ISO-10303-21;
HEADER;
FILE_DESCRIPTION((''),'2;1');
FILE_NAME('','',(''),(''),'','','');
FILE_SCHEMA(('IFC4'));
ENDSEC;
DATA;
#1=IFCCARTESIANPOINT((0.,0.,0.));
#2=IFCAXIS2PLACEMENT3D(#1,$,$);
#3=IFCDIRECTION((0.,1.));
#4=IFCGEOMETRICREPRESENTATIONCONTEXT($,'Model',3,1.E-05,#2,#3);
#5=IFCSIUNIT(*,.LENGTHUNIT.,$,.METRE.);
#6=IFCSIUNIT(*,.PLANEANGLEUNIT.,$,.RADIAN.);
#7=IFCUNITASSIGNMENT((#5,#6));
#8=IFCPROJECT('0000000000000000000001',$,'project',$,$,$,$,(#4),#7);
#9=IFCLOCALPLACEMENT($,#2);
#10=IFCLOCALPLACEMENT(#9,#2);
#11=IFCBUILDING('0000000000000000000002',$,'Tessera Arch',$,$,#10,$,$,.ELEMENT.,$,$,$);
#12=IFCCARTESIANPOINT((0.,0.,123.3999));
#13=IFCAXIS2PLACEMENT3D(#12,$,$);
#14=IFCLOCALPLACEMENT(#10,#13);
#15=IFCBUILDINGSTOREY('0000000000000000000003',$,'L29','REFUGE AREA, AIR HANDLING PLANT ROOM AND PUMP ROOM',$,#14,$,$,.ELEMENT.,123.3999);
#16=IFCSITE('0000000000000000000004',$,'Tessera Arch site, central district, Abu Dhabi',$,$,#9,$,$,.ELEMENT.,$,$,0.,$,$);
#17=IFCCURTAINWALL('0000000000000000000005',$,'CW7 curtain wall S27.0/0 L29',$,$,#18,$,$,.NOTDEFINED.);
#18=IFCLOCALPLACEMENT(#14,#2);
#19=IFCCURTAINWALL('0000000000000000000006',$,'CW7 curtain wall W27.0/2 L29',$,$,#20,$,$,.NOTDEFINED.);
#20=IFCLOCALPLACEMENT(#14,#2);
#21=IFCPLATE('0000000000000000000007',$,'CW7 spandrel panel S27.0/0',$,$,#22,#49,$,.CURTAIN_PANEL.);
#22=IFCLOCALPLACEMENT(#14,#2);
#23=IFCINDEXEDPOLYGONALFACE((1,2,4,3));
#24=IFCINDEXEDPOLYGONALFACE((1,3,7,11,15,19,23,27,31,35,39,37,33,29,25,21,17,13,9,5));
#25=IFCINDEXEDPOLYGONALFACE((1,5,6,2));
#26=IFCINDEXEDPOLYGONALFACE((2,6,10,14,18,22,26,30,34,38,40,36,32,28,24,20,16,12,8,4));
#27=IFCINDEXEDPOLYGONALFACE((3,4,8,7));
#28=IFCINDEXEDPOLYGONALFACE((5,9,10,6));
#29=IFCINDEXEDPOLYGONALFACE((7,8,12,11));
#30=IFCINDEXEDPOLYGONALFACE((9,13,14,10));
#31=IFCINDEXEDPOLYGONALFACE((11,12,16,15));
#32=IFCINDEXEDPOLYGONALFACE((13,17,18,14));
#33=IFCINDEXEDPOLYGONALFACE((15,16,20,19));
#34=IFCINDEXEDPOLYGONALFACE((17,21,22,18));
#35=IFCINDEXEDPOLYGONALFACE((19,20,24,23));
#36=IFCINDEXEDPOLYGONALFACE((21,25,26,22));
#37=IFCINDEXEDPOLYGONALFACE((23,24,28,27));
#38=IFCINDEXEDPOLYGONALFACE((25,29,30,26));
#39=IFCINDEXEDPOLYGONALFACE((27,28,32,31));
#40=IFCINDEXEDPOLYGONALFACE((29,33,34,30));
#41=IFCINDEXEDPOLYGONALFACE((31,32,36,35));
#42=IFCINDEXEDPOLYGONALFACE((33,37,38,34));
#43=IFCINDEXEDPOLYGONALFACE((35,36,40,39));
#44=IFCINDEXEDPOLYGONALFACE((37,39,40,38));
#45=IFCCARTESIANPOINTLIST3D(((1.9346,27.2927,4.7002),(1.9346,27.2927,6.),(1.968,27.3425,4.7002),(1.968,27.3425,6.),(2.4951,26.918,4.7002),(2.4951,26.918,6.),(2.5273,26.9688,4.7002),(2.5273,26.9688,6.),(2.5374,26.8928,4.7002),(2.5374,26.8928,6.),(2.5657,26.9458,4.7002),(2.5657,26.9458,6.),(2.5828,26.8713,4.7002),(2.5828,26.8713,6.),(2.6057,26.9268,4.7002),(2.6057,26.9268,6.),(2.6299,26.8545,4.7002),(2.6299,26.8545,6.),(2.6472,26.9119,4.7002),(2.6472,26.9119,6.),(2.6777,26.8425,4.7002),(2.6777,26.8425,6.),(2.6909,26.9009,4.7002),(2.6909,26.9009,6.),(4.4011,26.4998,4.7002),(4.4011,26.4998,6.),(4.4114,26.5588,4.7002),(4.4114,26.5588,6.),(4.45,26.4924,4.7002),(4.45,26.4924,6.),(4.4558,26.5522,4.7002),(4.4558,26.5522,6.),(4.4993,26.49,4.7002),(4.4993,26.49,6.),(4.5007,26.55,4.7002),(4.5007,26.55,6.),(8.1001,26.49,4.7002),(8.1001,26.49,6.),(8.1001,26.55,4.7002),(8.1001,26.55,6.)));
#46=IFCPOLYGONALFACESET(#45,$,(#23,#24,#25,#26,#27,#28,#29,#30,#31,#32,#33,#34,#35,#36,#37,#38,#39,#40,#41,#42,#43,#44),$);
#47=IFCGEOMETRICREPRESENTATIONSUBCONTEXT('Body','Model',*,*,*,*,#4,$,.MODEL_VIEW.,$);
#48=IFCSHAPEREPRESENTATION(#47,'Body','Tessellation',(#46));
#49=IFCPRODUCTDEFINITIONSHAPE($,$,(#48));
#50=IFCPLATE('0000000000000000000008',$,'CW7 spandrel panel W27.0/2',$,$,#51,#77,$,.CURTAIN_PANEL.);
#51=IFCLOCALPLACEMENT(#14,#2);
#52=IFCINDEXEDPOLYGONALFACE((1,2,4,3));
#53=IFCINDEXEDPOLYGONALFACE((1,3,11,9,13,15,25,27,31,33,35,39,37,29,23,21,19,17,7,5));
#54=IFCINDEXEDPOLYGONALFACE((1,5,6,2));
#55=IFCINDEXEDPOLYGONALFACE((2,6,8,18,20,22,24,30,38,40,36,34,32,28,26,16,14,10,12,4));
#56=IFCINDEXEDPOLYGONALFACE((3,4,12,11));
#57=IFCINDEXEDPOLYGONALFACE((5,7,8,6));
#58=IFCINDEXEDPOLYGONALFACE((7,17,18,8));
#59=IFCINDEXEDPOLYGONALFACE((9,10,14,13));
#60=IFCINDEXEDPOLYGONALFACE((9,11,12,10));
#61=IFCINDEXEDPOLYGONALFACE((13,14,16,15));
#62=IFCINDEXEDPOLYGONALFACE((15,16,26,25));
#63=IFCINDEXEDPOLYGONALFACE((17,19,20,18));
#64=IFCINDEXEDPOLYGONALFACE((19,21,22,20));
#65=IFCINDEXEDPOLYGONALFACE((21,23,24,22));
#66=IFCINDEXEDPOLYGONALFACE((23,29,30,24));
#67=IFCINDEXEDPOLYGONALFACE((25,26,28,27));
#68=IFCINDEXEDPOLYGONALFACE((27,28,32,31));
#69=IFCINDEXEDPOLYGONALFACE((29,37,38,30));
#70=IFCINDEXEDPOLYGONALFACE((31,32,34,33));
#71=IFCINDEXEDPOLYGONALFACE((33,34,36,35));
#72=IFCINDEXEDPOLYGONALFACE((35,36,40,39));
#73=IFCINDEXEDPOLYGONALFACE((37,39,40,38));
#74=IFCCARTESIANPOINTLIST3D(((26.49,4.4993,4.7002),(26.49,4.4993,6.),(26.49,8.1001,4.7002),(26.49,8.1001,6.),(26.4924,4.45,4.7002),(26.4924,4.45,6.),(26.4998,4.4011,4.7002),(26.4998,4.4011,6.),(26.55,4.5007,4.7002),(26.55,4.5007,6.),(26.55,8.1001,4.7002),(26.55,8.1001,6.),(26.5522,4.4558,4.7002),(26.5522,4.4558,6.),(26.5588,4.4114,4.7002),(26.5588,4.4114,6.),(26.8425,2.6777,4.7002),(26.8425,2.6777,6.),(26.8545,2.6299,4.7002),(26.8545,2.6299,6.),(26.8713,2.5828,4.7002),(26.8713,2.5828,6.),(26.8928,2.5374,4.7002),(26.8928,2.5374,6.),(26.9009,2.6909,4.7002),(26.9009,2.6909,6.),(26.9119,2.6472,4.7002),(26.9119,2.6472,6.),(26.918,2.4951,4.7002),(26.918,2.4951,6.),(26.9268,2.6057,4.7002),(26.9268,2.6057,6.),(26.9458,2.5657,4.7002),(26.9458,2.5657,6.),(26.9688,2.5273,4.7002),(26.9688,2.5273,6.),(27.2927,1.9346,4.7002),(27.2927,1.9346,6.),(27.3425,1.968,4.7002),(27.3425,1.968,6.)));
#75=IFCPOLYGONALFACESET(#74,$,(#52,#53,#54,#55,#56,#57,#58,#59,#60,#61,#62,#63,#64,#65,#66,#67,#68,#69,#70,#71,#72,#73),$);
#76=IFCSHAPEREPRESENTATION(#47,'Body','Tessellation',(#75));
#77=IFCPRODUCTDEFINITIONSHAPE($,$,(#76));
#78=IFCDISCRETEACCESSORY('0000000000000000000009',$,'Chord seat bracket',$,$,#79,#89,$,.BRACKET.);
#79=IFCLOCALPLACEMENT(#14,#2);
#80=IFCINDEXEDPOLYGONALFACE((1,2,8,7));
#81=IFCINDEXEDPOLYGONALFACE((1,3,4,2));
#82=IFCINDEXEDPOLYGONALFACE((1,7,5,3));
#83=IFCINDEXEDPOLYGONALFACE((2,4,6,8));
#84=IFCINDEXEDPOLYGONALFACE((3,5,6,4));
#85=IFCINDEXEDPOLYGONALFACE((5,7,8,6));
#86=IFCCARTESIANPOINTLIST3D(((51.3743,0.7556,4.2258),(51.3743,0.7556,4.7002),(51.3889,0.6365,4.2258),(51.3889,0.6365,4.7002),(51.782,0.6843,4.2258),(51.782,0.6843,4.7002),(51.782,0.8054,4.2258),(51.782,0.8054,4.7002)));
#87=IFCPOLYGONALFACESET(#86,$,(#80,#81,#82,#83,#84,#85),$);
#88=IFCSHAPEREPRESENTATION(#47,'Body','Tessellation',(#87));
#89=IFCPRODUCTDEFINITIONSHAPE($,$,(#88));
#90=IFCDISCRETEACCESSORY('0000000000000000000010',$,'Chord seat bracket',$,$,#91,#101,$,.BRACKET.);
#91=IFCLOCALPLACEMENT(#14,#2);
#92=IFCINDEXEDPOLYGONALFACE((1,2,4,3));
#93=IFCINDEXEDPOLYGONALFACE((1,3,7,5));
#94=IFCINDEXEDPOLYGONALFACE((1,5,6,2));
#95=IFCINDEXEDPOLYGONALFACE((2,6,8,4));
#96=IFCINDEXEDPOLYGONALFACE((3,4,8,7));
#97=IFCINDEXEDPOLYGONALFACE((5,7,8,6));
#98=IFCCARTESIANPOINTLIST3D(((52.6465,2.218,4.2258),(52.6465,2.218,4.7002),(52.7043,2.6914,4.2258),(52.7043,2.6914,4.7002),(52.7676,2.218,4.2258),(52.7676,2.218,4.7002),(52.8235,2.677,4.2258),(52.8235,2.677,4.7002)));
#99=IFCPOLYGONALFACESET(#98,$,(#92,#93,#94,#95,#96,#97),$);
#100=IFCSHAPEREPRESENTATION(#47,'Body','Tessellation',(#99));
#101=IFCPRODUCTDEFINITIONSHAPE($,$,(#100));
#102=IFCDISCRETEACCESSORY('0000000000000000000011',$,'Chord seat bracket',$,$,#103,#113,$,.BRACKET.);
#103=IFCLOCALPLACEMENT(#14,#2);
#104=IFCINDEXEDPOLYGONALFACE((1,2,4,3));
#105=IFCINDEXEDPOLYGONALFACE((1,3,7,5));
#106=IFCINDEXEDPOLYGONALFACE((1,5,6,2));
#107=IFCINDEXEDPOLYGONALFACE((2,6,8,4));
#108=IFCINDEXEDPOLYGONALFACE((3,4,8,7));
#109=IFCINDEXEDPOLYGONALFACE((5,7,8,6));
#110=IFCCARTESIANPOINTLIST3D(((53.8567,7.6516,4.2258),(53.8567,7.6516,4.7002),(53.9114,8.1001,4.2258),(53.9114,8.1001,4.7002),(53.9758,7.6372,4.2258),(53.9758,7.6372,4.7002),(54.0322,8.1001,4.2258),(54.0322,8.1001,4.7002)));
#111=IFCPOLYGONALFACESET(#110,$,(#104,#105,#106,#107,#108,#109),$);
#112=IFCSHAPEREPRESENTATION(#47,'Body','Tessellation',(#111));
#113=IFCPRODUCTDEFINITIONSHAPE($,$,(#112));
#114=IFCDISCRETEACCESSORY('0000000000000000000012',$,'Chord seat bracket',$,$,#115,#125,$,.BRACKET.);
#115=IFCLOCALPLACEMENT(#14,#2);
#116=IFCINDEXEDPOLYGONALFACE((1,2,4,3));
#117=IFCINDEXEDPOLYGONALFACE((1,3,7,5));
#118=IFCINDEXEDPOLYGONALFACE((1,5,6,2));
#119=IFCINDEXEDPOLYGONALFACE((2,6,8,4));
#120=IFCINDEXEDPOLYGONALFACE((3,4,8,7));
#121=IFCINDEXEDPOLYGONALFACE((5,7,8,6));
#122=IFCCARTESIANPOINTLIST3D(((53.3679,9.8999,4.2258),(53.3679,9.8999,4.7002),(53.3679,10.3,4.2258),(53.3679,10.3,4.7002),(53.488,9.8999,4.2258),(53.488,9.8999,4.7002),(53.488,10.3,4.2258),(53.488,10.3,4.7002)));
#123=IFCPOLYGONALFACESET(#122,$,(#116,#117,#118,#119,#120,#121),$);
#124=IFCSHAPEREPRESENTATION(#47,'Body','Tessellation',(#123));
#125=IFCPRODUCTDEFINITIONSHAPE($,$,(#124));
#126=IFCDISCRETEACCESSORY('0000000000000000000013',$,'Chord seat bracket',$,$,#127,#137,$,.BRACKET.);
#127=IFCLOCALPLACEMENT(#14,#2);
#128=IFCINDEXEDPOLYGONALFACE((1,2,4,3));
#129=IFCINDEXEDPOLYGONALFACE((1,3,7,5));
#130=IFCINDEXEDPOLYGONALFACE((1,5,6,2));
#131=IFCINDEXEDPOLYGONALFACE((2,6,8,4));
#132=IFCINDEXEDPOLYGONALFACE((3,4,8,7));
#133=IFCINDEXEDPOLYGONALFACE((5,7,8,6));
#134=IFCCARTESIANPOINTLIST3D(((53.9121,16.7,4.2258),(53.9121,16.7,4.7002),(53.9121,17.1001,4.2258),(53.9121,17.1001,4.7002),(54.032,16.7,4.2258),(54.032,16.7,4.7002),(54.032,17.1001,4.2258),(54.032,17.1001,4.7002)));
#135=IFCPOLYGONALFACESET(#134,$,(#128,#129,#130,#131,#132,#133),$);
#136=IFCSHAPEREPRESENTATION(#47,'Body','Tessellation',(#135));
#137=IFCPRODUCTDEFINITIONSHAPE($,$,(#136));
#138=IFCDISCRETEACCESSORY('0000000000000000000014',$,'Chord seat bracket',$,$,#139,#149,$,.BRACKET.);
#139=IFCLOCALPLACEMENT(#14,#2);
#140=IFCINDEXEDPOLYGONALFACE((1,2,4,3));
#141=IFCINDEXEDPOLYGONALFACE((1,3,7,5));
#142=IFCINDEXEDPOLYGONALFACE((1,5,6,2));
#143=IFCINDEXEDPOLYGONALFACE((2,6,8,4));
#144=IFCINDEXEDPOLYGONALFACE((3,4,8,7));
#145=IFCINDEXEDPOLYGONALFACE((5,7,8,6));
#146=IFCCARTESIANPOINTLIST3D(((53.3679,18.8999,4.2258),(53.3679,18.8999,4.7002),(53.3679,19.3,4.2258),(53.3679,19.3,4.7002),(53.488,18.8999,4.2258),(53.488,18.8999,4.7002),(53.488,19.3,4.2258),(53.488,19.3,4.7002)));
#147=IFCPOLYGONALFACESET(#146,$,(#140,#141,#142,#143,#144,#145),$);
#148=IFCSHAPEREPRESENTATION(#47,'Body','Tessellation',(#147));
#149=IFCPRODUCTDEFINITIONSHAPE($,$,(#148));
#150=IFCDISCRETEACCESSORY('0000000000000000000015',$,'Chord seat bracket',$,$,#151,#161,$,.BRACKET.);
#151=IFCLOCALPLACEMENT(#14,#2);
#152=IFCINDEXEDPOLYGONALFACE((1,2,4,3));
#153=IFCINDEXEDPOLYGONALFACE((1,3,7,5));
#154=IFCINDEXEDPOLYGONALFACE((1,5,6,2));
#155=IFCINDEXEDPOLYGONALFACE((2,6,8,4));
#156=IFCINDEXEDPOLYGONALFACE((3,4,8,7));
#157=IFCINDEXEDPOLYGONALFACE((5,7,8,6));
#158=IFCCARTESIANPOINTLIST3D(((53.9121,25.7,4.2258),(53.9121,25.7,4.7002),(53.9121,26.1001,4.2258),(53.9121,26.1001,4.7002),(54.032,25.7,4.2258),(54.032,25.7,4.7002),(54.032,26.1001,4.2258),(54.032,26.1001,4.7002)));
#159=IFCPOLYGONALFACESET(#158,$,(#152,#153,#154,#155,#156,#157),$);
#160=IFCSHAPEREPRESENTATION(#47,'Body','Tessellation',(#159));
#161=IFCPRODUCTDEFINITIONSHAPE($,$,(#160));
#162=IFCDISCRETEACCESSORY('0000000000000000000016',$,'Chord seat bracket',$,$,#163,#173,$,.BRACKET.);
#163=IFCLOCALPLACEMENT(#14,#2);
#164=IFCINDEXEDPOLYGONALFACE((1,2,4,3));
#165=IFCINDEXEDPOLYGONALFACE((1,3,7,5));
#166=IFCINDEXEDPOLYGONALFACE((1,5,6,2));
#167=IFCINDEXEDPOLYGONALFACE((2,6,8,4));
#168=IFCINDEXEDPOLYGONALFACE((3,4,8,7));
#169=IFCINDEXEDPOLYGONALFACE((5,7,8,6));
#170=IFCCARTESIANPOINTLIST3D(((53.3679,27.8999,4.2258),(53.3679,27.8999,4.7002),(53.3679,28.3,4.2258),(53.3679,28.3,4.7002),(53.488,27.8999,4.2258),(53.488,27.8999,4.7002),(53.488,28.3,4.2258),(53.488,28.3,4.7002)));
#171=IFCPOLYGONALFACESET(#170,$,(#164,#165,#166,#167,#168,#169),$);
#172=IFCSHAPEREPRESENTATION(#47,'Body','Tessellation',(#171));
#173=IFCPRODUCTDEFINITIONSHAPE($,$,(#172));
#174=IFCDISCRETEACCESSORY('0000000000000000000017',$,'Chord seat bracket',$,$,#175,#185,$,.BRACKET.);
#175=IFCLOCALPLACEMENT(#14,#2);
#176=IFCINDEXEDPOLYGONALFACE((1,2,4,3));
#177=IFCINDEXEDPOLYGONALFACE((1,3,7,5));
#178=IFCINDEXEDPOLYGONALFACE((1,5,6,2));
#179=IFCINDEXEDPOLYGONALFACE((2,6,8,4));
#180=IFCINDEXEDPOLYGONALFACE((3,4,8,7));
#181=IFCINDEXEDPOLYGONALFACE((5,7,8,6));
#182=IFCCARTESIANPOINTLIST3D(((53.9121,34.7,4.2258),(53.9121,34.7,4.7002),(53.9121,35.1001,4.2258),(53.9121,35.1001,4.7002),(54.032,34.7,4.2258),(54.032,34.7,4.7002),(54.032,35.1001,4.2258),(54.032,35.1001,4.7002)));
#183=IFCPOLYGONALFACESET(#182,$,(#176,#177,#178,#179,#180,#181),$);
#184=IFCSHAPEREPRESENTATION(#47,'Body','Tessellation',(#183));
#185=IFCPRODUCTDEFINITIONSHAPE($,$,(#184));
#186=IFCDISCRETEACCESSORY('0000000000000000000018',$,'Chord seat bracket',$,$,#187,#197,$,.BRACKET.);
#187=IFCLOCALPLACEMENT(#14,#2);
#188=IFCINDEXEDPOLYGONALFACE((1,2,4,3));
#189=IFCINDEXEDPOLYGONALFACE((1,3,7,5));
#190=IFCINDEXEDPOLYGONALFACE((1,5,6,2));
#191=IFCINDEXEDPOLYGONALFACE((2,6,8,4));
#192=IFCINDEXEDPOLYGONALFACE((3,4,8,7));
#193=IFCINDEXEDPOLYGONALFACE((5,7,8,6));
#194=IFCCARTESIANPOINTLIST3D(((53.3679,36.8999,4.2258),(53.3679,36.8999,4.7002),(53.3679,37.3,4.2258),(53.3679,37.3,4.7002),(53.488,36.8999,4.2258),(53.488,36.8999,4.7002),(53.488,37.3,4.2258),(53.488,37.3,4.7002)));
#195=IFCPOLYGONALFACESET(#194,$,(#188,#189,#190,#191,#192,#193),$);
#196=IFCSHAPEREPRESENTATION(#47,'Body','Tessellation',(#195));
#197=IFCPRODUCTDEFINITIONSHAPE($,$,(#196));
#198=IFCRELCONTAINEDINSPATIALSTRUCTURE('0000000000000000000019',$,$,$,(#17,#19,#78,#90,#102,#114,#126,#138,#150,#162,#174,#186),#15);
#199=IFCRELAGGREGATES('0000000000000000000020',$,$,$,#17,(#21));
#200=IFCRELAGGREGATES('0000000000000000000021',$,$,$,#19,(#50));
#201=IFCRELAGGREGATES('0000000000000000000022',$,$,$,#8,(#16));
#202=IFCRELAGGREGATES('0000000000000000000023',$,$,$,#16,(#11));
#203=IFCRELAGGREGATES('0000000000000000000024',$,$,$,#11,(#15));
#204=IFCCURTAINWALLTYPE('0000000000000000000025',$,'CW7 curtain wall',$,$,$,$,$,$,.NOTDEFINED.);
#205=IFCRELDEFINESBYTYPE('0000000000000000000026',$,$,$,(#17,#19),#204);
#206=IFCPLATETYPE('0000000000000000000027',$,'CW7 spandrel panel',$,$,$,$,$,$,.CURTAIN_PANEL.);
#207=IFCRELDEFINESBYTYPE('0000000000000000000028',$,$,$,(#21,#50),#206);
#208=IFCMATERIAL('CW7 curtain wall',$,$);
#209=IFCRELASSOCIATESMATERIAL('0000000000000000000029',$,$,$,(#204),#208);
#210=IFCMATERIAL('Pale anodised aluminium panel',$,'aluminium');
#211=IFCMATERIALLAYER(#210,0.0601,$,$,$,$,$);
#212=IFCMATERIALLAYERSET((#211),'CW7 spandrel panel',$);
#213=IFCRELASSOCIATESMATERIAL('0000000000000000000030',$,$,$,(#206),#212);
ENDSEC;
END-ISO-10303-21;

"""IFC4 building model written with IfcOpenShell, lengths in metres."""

from ifc_helpers import new_model, si_unit, direction, frame, origin, place, context, subcontext, project, spatial, polyline, outline, extrude, material, layer, layer_set, type_object, element, aggregate, save


model = new_model("IFC4")

# Units and contexts
model_context = context("Model", 3, precision=1e-05, world=origin(), true_north=direction((0.0, 1.0)))
body_context = subcontext(model_context, "Body", "Model", "MODEL_VIEW")
ifc_project = project(units=[si_unit("LENGTHUNIT", "METRE"), si_unit("PLANEANGLEUNIT", "RADIAN")], contexts=[model_context])

# Site, building, storey
site_placement = place(None, origin())
site = spatial("IfcSite", under=ifc_project, at=site_placement, Name="Tessera Arch site, central district, Abu Dhabi", CompositionType="ELEMENT", RefElevation=0.0)
building_placement = place(site_placement, origin())
building = spatial("IfcBuilding", under=site, at=building_placement, Name="Tessera Arch", CompositionType="ELEMENT")
storey_placement = place(building_placement, frame((0.0, 0.0, 123.3999)))
storey = spatial("IfcBuildingStorey", under=building, at=storey_placement, Name="L29", Description="REFUGE AREA, AIR HANDLING PLANT ROOM AND PUMP ROOM", CompositionType="ELEMENT", Elevation=123.3999)

# Curtain walls
ifc_material_1 = material(Name="CW7 curtain wall")
curtain_wall_type = type_object("IfcCurtainWallType", Name="CW7 curtain wall", PredefinedType="NOTDEFINED", material=ifc_material_1)
curtain_wall_1_placement = place(storey_placement, origin())
curtain_wall_1 = element("IfcCurtainWall", 1, at=curtain_wall_1_placement, inside=storey, type_object=curtain_wall_type, Name="CW7 curtain wall S27.0/0 L29", PredefinedType="NOTDEFINED")
curtain_wall_2_placement = place(storey_placement, origin())
curtain_wall_2 = element("IfcCurtainWall", 2, at=curtain_wall_2_placement, inside=storey, type_object=curtain_wall_type, Name="CW7 curtain wall W27.0/2 L29", PredefinedType="NOTDEFINED")

# Plates
ifc_material_2 = material(Name="Pale anodised aluminium panel", Category="aluminium")
ifc_layer = layer(ifc_material_2, 0.0601)
ifc_layer_set = layer_set([ifc_layer], Name="CW7 spandrel panel")
plate_type = type_object("IfcPlateType", Name="CW7 spandrel panel", PredefinedType="CURTAIN_PANEL", material=ifc_layer_set)
plate_1_placement = place(storey_placement, frame((0.0, 0.0, 4.7002)))
plate_1 = element("IfcPlate", 3, at=plate_1_placement, type_object=plate_type, Name="CW7 spandrel panel S27.0/0", PredefinedType="CURTAIN_PANEL", context=body_context, shape_type="SweptSolid", body=[
    extrude(outline(polyline([(2.5273, 26.9688), (1.968, 27.3425), (1.9346, 27.2927), (2.4951, 26.918), (2.5374, 26.8928), (2.5828, 26.8713), (2.6299, 26.8545), (2.6777, 26.8425), (4.4011, 26.4998), (4.45, 26.4924), (4.4993, 26.49), (8.1001, 26.49), (8.1001, 26.55), (4.5007, 26.55), (4.4558, 26.5522), (4.4114, 26.5588), (2.6909, 26.9009), (2.6472, 26.9119), (2.6057, 26.9268), (2.5657, 26.9458), (2.5273, 26.9688)])), origin(), (0.0, 0.0, 1.0), 1.2998),
])
aggregate(curtain_wall_1, [plate_1])
plate_2_placement = place(storey_placement, frame((0.0, 0.0, 4.7002)))
plate_2 = element("IfcPlate", 4, at=plate_2_placement, type_object=plate_type, Name="CW7 spandrel panel W27.0/2", PredefinedType="CURTAIN_PANEL", context=body_context, shape_type="SweptSolid", body=[
    extrude(outline(polyline([(26.55, 4.5007), (26.55, 8.1001), (26.49, 8.1001), (26.49, 4.4993), (26.4924, 4.45), (26.4998, 4.4011), (26.8425, 2.6777), (26.8545, 2.6299), (26.8713, 2.5828), (26.8928, 2.5374), (26.918, 2.4951), (27.2927, 1.9346), (27.3425, 1.968), (26.9688, 2.5273), (26.9458, 2.5657), (26.9268, 2.6057), (26.9119, 2.6472), (26.9009, 2.6909), (26.5588, 4.4114), (26.5522, 4.4558), (26.55, 4.5007)])), origin(), (0.0, 0.0, 1.0), 1.2998),
])
aggregate(curtain_wall_2, [plate_2])

# Discrete accessories
discrete_accessory_1_placement = place(storey_placement, frame((0.0, 0.0, 4.2258)))
element("IfcDiscreteAccessory", 5, at=discrete_accessory_1_placement, inside=storey, Name="Chord seat bracket", PredefinedType="BRACKET", context=body_context, shape_type="SweptSolid", body=[
    extrude(outline(polyline([(51.782, 0.8054), (51.782, 0.6843), (51.3889, 0.6365), (51.3743, 0.7556), (51.782, 0.8054)])), origin(), (0.0, 0.0, 1.0), 0.4744),
])
discrete_accessory_2_placement = place(storey_placement, frame((0.0, 0.0, 4.2258)))
element("IfcDiscreteAccessory", 6, at=discrete_accessory_2_placement, inside=storey, Name="Chord seat bracket", PredefinedType="BRACKET", context=body_context, shape_type="SweptSolid", body=[
    extrude(outline(polyline([(52.7676, 2.218), (52.6465, 2.218), (52.7043, 2.6914), (52.8235, 2.677), (52.7676, 2.218)])), origin(), (0.0, 0.0, 1.0), 0.4744),
])
discrete_accessory_3_placement = place(storey_placement, frame((0.0, 0.0, 4.2258)))
element("IfcDiscreteAccessory", 7, at=discrete_accessory_3_placement, inside=storey, Name="Chord seat bracket", PredefinedType="BRACKET", context=body_context, shape_type="SweptSolid", body=[
    extrude(outline(polyline([(53.8567, 7.6516), (53.9114, 8.1001), (54.0322, 8.1001), (53.9758, 7.6372), (53.8567, 7.6516)])), origin(), (0.0, 0.0, 1.0), 0.4744),
])
discrete_accessory_4_placement = place(storey_placement, frame((0.0, 0.0, 4.2258)))
element("IfcDiscreteAccessory", 8, at=discrete_accessory_4_placement, inside=storey, Name="Chord seat bracket", PredefinedType="BRACKET", context=body_context, shape_type="SweptSolid", body=[
    extrude(outline(polyline([(53.488, 10.3), (53.488, 9.8999), (53.3679, 9.8999), (53.3679, 10.3), (53.488, 10.3)])), origin(), (0.0, 0.0, 1.0), 0.4744),
])
discrete_accessory_5_placement = place(storey_placement, frame((0.0, 0.0, 4.2258)))
element("IfcDiscreteAccessory", 9, at=discrete_accessory_5_placement, inside=storey, Name="Chord seat bracket", PredefinedType="BRACKET", context=body_context, shape_type="SweptSolid", body=[
    extrude(outline(polyline([(53.9121, 16.7), (53.9121, 17.1001), (54.032, 17.1001), (54.032, 16.7), (53.9121, 16.7)])), origin(), (0.0, 0.0, 1.0), 0.4744),
])
discrete_accessory_6_placement = place(storey_placement, frame((0.0, 0.0, 4.2258)))
element("IfcDiscreteAccessory", 10, at=discrete_accessory_6_placement, inside=storey, Name="Chord seat bracket", PredefinedType="BRACKET", context=body_context, shape_type="SweptSolid", body=[
    extrude(outline(polyline([(53.488, 19.3), (53.488, 18.8999), (53.3679, 18.8999), (53.3679, 19.3), (53.488, 19.3)])), origin(), (0.0, 0.0, 1.0), 0.4744),
])
discrete_accessory_7_placement = place(storey_placement, frame((0.0, 0.0, 4.2258)))
element("IfcDiscreteAccessory", 11, at=discrete_accessory_7_placement, inside=storey, Name="Chord seat bracket", PredefinedType="BRACKET", context=body_context, shape_type="SweptSolid", body=[
    extrude(outline(polyline([(53.9121, 25.7), (53.9121, 26.1001), (54.032, 26.1001), (54.032, 25.7), (53.9121, 25.7)])), origin(), (0.0, 0.0, 1.0), 0.4744),
])
discrete_accessory_8_placement = place(storey_placement, frame((0.0, 0.0, 4.2258)))
element("IfcDiscreteAccessory", 12, at=discrete_accessory_8_placement, inside=storey, Name="Chord seat bracket", PredefinedType="BRACKET", context=body_context, shape_type="SweptSolid", body=[
    extrude(outline(polyline([(53.488, 28.3), (53.488, 27.8999), (53.3679, 27.8999), (53.3679, 28.3), (53.488, 28.3)])), origin(), (0.0, 0.0, 1.0), 0.4744),
])
discrete_accessory_9_placement = place(storey_placement, frame((0.0, 0.0, 4.2258)))
element("IfcDiscreteAccessory", 13, at=discrete_accessory_9_placement, inside=storey, Name="Chord seat bracket", PredefinedType="BRACKET", context=body_context, shape_type="SweptSolid", body=[
    extrude(outline(polyline([(53.9121, 35.1001), (54.032, 35.1001), (54.032, 34.7), (53.9121, 34.7), (53.9121, 35.1001)])), origin(), (0.0, 0.0, 1.0), 0.4744),
])
discrete_accessory_10_placement = place(storey_placement, frame((0.0, 0.0, 4.2258)))
element("IfcDiscreteAccessory", 14, at=discrete_accessory_10_placement, inside=storey, Name="Chord seat bracket", PredefinedType="BRACKET", context=body_context, shape_type="SweptSolid", body=[
    extrude(outline(polyline([(53.488, 36.8999), (53.3679, 36.8999), (53.3679, 37.3), (53.488, 37.3), (53.488, 36.8999)])), origin(), (0.0, 0.0, 1.0), 0.4744),
])

save(model, "model.ifc")
